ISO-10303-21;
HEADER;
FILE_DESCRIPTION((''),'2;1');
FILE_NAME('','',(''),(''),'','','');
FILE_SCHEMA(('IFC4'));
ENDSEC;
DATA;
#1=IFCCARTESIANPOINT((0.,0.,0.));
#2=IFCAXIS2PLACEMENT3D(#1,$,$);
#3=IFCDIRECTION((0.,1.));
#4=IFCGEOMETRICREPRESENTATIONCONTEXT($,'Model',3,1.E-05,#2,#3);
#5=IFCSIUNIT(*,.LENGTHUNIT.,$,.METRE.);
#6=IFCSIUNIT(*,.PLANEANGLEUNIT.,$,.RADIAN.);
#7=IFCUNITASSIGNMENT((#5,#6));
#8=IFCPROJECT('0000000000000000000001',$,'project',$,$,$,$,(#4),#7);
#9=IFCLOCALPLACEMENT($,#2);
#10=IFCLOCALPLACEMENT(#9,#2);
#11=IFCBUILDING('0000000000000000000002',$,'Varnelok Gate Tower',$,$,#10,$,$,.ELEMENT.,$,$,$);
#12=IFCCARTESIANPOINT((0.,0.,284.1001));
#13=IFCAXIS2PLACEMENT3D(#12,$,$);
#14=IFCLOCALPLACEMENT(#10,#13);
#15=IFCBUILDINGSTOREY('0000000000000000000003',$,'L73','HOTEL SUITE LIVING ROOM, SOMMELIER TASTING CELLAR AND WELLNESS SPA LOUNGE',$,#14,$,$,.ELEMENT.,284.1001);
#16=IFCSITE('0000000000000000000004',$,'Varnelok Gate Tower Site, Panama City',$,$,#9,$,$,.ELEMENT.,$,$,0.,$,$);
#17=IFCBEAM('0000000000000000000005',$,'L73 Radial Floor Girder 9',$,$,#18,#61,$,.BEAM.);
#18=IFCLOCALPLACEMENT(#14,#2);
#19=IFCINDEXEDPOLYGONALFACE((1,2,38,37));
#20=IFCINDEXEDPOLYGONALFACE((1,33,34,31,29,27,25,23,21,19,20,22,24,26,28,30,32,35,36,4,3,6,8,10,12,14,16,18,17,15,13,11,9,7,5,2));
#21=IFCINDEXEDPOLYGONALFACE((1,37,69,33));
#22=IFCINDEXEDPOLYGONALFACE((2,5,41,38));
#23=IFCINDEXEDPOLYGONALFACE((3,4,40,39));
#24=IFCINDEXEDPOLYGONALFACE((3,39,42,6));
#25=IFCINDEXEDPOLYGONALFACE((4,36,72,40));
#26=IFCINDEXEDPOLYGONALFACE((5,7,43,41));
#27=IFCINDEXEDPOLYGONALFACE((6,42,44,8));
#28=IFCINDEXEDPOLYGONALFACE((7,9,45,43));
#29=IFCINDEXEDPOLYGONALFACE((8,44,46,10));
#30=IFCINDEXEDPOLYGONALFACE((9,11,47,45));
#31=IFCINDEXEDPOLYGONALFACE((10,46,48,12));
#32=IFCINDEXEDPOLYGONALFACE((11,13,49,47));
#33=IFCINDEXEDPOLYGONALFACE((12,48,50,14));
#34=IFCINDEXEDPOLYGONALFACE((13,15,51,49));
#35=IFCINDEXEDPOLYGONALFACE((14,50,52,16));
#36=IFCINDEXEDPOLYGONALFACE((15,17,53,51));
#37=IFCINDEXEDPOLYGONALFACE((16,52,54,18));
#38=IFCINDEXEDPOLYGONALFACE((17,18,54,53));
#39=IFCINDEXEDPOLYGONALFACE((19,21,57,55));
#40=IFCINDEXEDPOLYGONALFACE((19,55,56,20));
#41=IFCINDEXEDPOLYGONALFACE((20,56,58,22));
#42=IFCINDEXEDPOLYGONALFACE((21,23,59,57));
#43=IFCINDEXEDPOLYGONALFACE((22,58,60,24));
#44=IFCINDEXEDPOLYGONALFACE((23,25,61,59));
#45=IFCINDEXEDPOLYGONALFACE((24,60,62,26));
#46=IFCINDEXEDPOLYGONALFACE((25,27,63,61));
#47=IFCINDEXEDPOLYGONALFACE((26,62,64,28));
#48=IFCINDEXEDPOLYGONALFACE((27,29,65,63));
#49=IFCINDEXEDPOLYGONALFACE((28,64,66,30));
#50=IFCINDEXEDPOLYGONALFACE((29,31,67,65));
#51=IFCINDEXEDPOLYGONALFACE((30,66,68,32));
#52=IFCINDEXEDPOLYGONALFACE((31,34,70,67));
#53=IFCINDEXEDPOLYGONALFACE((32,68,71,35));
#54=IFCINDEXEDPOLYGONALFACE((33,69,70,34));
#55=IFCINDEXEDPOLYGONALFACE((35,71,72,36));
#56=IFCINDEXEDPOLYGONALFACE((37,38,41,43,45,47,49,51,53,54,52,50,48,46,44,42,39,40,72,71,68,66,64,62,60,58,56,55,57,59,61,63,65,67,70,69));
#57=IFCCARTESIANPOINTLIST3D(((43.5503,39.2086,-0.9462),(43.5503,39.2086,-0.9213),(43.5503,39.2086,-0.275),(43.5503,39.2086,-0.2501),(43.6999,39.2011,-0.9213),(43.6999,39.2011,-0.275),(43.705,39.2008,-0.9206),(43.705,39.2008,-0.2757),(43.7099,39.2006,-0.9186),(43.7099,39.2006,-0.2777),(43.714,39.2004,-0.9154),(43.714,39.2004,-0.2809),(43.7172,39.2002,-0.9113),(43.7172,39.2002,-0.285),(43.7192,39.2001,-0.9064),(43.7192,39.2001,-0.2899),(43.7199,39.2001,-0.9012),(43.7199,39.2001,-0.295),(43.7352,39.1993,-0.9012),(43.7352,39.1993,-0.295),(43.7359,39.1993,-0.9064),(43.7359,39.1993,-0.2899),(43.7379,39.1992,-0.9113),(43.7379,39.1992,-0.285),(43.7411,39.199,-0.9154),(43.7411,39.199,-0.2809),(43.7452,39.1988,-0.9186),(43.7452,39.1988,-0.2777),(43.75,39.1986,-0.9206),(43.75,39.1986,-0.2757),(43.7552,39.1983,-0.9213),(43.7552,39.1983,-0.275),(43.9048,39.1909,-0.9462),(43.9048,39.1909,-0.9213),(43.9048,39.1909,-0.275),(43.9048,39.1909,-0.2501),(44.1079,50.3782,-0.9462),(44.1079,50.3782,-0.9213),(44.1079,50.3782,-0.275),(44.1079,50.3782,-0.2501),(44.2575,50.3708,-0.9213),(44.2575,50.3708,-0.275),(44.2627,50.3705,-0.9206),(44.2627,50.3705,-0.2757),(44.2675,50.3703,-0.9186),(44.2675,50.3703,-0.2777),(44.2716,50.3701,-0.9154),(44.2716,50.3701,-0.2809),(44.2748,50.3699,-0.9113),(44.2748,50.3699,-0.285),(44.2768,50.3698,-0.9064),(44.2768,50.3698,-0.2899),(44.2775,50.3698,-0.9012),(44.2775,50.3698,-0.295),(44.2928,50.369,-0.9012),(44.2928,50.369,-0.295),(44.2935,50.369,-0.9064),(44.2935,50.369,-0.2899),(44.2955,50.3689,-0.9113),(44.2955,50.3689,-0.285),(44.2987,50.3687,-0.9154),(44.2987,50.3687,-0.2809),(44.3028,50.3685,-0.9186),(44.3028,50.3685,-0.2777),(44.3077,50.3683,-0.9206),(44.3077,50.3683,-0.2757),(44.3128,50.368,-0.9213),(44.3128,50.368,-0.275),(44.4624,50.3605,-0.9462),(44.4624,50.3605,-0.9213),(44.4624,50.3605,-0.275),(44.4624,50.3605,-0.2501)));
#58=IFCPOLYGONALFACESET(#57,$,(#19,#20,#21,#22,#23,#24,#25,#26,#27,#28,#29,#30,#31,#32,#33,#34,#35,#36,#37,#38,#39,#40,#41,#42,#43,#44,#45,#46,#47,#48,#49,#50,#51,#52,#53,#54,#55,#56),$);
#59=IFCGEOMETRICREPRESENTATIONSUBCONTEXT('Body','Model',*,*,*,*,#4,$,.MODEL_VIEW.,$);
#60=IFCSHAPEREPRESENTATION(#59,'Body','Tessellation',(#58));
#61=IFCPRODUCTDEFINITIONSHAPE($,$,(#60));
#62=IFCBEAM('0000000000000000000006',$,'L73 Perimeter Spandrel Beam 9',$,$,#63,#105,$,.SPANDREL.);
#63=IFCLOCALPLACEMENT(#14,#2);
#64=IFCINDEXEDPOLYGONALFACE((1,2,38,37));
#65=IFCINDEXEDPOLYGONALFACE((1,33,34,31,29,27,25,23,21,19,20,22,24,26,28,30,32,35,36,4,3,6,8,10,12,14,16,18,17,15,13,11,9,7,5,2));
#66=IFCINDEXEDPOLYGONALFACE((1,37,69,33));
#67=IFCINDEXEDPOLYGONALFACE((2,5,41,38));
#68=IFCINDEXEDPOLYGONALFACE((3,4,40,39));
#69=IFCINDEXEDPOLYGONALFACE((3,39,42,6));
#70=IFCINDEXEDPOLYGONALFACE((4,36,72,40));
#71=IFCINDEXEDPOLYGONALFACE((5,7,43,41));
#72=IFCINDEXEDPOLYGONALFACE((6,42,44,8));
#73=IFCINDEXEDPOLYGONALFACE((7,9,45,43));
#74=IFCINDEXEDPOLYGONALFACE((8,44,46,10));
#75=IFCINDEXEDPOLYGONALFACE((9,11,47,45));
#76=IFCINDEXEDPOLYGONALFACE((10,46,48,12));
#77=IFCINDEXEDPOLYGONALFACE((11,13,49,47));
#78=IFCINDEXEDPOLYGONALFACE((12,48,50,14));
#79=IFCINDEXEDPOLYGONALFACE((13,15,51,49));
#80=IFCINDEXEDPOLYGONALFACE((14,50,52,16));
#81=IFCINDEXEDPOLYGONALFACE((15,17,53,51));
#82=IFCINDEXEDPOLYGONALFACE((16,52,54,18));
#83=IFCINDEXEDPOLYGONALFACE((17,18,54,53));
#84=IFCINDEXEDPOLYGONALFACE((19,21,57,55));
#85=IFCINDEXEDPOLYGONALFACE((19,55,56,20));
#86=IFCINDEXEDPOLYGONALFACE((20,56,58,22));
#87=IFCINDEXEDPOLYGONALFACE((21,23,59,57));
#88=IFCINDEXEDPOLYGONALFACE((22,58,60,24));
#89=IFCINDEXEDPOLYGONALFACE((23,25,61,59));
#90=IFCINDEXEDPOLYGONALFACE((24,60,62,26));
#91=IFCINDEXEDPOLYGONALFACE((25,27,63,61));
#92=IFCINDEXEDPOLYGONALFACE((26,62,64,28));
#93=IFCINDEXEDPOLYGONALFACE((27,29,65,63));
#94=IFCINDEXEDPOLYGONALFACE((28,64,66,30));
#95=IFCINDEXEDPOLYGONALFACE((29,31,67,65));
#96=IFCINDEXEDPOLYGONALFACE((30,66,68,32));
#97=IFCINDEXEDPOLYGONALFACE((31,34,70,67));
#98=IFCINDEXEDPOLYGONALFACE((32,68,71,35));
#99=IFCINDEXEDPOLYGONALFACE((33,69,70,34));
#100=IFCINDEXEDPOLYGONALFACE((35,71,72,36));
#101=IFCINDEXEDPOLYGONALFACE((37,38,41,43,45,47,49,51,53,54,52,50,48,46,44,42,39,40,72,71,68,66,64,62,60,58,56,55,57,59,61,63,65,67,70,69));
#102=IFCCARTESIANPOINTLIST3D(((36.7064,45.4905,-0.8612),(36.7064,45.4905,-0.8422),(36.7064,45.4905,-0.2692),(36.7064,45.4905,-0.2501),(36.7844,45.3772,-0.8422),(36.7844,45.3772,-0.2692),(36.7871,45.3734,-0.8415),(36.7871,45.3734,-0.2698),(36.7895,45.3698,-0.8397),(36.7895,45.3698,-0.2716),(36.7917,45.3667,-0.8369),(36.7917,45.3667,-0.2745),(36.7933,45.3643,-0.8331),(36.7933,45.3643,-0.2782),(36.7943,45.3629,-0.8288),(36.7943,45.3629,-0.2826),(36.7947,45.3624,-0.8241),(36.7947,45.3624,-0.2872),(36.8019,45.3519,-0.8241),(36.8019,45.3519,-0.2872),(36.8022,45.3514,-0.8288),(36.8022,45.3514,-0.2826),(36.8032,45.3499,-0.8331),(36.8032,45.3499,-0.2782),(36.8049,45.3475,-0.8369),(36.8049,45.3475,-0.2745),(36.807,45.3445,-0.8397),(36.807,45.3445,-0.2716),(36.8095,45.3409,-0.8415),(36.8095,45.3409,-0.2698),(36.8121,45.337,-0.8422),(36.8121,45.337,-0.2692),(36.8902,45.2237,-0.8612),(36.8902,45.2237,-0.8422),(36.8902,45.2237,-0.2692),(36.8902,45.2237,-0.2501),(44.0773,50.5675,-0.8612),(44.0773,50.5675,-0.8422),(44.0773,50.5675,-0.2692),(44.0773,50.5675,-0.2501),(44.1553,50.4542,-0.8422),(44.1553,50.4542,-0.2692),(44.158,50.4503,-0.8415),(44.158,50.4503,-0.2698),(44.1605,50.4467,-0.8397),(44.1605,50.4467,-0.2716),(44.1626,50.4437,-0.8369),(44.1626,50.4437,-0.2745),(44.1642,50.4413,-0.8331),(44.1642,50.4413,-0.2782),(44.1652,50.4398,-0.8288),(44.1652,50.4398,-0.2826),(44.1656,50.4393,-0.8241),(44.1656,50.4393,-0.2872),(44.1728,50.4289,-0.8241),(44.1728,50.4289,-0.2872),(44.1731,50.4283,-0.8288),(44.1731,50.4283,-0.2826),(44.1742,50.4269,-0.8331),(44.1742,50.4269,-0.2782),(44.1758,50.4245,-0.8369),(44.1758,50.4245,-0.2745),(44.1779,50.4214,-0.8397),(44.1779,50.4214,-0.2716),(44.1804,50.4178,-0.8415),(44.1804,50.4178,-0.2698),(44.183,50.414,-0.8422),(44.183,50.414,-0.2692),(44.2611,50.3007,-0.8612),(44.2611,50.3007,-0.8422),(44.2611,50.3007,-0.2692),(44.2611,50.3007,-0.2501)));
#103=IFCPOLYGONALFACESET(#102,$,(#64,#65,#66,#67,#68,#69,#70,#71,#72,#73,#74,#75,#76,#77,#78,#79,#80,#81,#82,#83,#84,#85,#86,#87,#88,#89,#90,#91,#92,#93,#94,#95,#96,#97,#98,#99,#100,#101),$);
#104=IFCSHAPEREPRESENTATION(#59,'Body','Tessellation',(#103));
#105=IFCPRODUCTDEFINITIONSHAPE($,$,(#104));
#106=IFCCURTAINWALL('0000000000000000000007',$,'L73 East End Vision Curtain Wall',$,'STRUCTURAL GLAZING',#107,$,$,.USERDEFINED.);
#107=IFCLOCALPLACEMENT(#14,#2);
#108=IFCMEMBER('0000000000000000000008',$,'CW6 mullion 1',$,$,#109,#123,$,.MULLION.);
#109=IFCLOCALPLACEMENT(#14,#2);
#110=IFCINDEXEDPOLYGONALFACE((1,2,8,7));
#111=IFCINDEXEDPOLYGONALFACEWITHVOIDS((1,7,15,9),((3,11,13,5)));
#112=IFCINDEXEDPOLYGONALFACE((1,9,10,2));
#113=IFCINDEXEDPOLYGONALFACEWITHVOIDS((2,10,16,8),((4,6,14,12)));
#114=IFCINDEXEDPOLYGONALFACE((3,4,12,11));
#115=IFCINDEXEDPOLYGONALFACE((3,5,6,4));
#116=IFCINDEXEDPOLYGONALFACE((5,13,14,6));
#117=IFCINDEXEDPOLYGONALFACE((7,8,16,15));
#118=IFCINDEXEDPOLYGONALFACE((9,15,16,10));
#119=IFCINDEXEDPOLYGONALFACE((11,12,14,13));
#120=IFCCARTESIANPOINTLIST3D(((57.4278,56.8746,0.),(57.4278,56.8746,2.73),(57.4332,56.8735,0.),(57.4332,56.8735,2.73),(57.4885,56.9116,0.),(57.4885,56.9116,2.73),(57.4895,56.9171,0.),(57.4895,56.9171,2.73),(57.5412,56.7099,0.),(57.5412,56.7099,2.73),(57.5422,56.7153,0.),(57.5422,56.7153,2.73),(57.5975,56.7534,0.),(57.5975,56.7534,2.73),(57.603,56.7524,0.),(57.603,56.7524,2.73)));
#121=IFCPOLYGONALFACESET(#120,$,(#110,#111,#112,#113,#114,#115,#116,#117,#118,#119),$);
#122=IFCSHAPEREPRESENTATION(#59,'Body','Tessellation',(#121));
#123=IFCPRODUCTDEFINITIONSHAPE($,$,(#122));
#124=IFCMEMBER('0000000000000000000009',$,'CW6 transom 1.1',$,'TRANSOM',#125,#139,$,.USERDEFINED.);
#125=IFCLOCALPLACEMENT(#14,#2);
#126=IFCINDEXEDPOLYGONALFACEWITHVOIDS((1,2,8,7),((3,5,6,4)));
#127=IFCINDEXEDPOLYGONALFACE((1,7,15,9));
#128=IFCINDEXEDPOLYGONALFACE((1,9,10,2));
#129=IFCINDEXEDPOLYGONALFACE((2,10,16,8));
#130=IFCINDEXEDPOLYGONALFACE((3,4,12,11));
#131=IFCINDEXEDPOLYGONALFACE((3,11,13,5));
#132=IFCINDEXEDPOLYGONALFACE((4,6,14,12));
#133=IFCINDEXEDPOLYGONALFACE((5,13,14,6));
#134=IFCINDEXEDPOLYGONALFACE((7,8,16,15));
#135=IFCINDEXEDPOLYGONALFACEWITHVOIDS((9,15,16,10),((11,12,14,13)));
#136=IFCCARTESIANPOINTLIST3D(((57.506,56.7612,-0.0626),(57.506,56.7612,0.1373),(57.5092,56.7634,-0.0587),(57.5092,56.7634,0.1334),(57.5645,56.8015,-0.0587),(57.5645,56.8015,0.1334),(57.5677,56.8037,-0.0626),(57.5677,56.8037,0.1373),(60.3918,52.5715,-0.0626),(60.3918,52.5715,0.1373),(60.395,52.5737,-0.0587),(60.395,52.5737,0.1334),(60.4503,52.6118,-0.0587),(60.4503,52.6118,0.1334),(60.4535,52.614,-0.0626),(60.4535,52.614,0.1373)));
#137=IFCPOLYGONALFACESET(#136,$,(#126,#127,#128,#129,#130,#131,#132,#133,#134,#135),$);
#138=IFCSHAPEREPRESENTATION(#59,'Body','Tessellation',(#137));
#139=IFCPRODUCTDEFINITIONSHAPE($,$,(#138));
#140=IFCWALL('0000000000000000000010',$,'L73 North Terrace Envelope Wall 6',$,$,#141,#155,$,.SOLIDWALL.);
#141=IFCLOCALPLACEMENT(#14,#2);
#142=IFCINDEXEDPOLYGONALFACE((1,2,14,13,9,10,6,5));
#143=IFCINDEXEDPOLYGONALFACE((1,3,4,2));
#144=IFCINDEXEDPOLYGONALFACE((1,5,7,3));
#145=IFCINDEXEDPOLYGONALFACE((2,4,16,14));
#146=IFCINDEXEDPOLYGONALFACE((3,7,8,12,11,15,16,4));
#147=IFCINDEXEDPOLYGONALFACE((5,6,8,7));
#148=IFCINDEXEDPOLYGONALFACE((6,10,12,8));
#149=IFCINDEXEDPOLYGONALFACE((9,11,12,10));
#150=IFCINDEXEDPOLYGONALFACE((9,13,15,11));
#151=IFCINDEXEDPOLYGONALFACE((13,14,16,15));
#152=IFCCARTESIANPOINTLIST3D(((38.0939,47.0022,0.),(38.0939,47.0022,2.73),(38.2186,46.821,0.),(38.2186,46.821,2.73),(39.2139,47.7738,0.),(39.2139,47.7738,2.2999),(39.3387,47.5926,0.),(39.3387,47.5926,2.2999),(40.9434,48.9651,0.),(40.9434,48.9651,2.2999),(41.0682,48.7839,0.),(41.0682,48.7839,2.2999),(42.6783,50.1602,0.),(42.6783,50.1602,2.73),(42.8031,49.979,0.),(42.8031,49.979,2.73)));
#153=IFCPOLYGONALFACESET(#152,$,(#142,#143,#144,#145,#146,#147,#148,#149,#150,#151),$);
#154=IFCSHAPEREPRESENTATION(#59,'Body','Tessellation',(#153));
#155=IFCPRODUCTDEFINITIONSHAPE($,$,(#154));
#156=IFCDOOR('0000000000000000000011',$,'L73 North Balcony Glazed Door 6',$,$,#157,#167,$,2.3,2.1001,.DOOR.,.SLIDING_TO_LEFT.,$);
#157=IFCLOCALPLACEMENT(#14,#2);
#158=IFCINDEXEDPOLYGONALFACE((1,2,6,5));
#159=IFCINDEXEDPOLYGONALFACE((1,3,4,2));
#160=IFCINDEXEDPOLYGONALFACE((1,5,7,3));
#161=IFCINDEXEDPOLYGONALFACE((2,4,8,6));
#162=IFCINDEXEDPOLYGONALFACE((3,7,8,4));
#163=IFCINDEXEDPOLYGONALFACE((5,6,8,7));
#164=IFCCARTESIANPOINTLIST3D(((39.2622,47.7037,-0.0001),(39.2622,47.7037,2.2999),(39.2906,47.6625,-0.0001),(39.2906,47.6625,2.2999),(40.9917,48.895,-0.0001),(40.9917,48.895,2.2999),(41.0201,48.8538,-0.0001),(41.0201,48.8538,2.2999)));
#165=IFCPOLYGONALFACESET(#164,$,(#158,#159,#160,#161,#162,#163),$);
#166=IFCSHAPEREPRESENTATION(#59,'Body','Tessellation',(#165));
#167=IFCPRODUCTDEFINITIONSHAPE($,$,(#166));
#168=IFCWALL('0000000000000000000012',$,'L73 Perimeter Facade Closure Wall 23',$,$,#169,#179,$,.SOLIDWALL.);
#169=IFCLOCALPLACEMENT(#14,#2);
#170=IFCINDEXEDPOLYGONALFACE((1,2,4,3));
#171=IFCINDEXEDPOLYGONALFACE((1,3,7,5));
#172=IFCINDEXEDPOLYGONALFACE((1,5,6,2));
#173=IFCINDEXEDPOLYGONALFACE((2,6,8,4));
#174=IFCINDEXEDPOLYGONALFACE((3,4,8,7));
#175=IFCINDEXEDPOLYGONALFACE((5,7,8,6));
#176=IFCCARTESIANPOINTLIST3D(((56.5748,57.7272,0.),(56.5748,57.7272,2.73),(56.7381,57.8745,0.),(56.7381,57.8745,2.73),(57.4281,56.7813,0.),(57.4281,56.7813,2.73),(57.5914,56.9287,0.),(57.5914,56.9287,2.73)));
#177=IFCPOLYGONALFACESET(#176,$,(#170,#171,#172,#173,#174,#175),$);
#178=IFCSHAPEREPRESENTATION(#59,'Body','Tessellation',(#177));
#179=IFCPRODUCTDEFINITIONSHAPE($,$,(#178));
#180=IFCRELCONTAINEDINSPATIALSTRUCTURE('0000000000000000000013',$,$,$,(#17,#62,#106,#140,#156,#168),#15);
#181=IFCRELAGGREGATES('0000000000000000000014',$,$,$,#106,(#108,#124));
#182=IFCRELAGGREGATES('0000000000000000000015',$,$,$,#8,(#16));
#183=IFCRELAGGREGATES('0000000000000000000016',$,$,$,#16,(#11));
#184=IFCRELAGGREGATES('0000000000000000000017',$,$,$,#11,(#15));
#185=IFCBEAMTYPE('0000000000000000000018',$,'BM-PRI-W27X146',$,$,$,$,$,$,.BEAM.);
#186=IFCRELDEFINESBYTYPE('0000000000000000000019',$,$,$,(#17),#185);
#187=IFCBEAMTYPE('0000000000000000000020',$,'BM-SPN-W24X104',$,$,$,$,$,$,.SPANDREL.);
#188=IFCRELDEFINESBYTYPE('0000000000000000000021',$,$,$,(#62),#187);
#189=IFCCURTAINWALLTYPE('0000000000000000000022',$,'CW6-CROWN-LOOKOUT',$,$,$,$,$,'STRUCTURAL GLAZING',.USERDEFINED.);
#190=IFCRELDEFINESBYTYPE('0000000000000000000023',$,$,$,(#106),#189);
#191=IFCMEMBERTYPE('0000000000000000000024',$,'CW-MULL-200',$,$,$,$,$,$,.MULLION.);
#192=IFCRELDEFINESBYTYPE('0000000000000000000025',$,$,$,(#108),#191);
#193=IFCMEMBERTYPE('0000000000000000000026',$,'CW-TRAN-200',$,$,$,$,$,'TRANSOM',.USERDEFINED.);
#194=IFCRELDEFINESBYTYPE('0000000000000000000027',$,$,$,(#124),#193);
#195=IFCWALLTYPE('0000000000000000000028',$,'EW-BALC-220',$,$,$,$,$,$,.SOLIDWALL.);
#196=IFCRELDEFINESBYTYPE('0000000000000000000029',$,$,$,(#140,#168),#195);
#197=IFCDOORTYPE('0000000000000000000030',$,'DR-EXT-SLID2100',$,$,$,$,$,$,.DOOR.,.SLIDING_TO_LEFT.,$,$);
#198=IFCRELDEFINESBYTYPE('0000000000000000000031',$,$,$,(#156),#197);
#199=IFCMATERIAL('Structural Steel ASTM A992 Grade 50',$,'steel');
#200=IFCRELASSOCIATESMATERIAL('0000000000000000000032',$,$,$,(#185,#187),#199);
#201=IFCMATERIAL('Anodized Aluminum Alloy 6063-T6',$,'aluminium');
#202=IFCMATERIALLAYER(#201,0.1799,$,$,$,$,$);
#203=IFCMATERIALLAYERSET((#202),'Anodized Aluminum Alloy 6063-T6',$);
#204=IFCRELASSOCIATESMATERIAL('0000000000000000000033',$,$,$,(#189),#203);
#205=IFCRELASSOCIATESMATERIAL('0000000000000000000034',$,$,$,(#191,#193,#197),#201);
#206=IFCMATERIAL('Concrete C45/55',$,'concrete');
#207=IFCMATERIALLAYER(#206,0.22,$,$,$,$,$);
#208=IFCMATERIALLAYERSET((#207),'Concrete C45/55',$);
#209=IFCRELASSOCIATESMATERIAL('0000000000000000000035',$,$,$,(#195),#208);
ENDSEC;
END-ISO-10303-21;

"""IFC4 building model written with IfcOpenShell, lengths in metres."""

from ifc_helpers import new_model, si_unit, direction, frame, frame_2d, origin, origin_2d, place, context, subcontext, project, spatial, rectangle, hollow_rectangle, i_section, extrude, material, layer, layer_set, material_profile, profile_set, type_object, element, fill, aggregate, save


model = new_model("IFC4")

# Units and contexts
model_context = context("Model", 3, precision=1e-05, world=origin(), true_north=direction((0.0, 1.0)))
body_context = subcontext(model_context, "Body", "Model", "MODEL_VIEW")
ifc_project = project(units=[si_unit("LENGTHUNIT", "METRE"), si_unit("PLANEANGLEUNIT", "RADIAN")], contexts=[model_context])

# Site, building, storey
site_placement = place(None, origin())
site = spatial("IfcSite", under=ifc_project, at=site_placement, Name="Varnelok Gate Tower Site, Panama City", CompositionType="ELEMENT", RefElevation=0.0)
building_placement = place(site_placement, origin())
building = spatial("IfcBuilding", under=site, at=building_placement, Name="Varnelok Gate Tower", CompositionType="ELEMENT")
storey_placement = place(building_placement, frame((0.0, 0.0, 284.1001)))
storey = spatial("IfcBuildingStorey", under=building, at=storey_placement, Name="L73", Description="HOTEL SUITE LIVING ROOM, SOMMELIER TASTING CELLAR AND WELLNESS SPA LOUNGE", CompositionType="ELEMENT", Elevation=284.1001)

# Shared definitions
ifc_material_1 = material(Name="Structural Steel ASTM A992 Grade 50", Category="steel")

# Beams
ifc_material_profile_1 = material_profile(ifc_material_1, i_section(OverallWidth=0.355, OverallDepth=0.696, WebThickness=0.0154, FlangeThickness=0.0249, FilletRadius=0.02, at=origin_2d()), Name="W27X146")
ifc_profile_set_1 = profile_set([ifc_material_profile_1], Name="Structural Steel ASTM A992 Grade 50")
beam_type_1 = type_object("IfcBeamType", Name="BM-PRI-W27X146", PredefinedType="BEAM", material=ifc_profile_set_1)
beam_1_placement = place(storey_placement, frame((43.7275, 39.1997, -0.5981), z_axis=(0.04986, 0.998756, 0.0), x_axis=(-0.998756, 0.04986, 0.0)))
element("IfcBeam", 1, at=beam_1_placement, inside=storey, type_object=beam_type_1, Name="L73 Radial Floor Girder 9", PredefinedType="BEAM", context=body_context, shape_type="SweptSolid", body=[
    extrude(i_section(OverallWidth=0.355, OverallDepth=0.696, WebThickness=0.0154, FlangeThickness=0.0249, FilletRadius=0.02, at=origin_2d()), origin(), (0.0, 0.0, 1.0), 11.1836),
])
ifc_material_profile_2 = material_profile(ifc_material_1, i_section(OverallWidth=0.324, OverallDepth=0.6111, WebThickness=0.0127, FlangeThickness=0.019, FilletRadius=0.0181, at=origin_2d()), Name="W24X104")
ifc_profile_set_2 = profile_set([ifc_material_profile_2], Name="Structural Steel ASTM A992 Grade 50")
beam_type_2 = type_object("IfcBeamType", Name="BM-SPN-W24X104", PredefinedType="SPANDREL", material=ifc_profile_set_2)
beam_2_placement = place(storey_placement, frame((44.1692, 50.4341, -0.5557), z_axis=(-0.823549, -0.567245, 0.0), x_axis=(0.567245, -0.823549, 0.0)))
element("IfcBeam", 2, at=beam_2_placement, inside=storey, type_object=beam_type_2, Name="L73 Perimeter Spandrel Beam 9", PredefinedType="SPANDREL", context=body_context, shape_type="SweptSolid", body=[
    extrude(i_section(OverallWidth=0.324, OverallDepth=0.6111, WebThickness=0.0127, FlangeThickness=0.019, FilletRadius=0.0181, at=origin_2d()), origin(), (0.0, 0.0, 1.0), 8.9502),
])

# Curtain wall, members
ifc_material_2 = material(Name="Anodized Aluminum Alloy 6063-T6", Category="aluminium")
ifc_layer_1 = layer(ifc_material_2, 0.1799)
ifc_layer_set_1 = layer_set([ifc_layer_1], Name="Anodized Aluminum Alloy 6063-T6")
curtain_wall_type = type_object("IfcCurtainWallType", Name="CW6-CROWN-LOOKOUT", ElementType="STRUCTURAL GLAZING", PredefinedType="USERDEFINED", material=ifc_layer_set_1)
curtain_wall_placement = place(storey_placement, origin())
curtain_wall = element("IfcCurtainWall", 3, at=curtain_wall_placement, inside=storey, type_object=curtain_wall_type, Name="L73 East End Vision Curtain Wall", ObjectType="STRUCTURAL GLAZING", PredefinedType="USERDEFINED")
ifc_material_profile_3 = material_profile(ifc_material_2, hollow_rectangle(XDim=0.075, YDim=0.2, WallThickness=0.0039, at=origin_2d()), Name="ALU200X75X4")
ifc_profile_set_3 = profile_set([ifc_material_profile_3], Name="Anodized Aluminum Alloy 6063-T6")
member_type_1 = type_object("IfcMemberType", Name="CW-MULL-200", PredefinedType="MULLION", material=ifc_profile_set_3)
member_1_placement = place(storey_placement, frame((57.5154, 56.8135, 0.0), z_axis=(0.0, 0.0, 1.0), x_axis=(0.823532, 0.567269, 0.0)))
member_1 = element("IfcMember", 4, at=member_1_placement, type_object=member_type_1, Name="CW6 mullion 1", PredefinedType="MULLION", context=body_context, shape_type="SweptSolid", body=[
    extrude(hollow_rectangle(XDim=0.075, YDim=0.2, WallThickness=0.0039, at=origin_2d()), origin(), (0.0, 0.0, 1.0), 2.73),
])
ifc_material_profile_4 = material_profile(ifc_material_2, hollow_rectangle(XDim=0.075, YDim=0.2, WallThickness=0.0039, at=origin_2d()), Name="ALU200X75X4")
ifc_profile_set_4 = profile_set([ifc_material_profile_4], Name="Anodized Aluminum Alloy 6063-T6")
member_type_2 = type_object("IfcMemberType", Name="CW-TRAN-200", ElementType="TRANSOM", PredefinedType="USERDEFINED", material=ifc_profile_set_4)
member_2_placement = place(storey_placement, frame((57.5369, 56.7825, 0.0374), z_axis=(0.567239, -0.823553, 0.0), x_axis=(0.823553, 0.567239, 0.0)))
member_2 = element("IfcMember", 5, at=member_2_placement, type_object=member_type_2, Name="CW6 transom 1.1", ObjectType="TRANSOM", PredefinedType="USERDEFINED", context=body_context, shape_type="SweptSolid", body=[
    extrude(hollow_rectangle(XDim=0.075, YDim=0.2, WallThickness=0.0039, at=origin_2d()), origin(), (0.0, 0.0, 1.0), 5.0874),
])
aggregate(curtain_wall, [member_1, member_2])

# Wall, opening, door
ifc_material_3 = material(Name="Concrete C45/55", Category="concrete")
ifc_layer_2 = layer(ifc_material_3, 0.22)
ifc_layer_set_2 = layer_set([ifc_layer_2], Name="Concrete C45/55")
wall_type_1 = type_object("IfcWallType", Name="EW-BALC-220", PredefinedType="SOLIDWALL", material=ifc_layer_set_2)
wall_1_placement = place(storey_placement, frame((38.1562, 46.9116, 0.0), z_axis=(0.0, 0.0, 1.0), x_axis=(0.823527, 0.567277, 0.0)))
wall_1 = element("IfcWall", 6, at=wall_1_placement, inside=storey, type_object=wall_type_1, Name="L73 North Terrace Envelope Wall 6", PredefinedType="SOLIDWALL", context=body_context, shape_type="SweptSolid", body=[
    extrude(rectangle(XDim=5.5669, YDim=0.22, at=frame_2d((2.7834, 0.0))), origin(), (0.0, 0.0, 1.0), 2.73),
])
opening_1_placement = place(wall_1_placement, frame((1.3601, 0.0, 0.0)))
opening_1 = element("IfcOpeningElement", 7, at=opening_1_placement, cuts=wall_1, PredefinedType="OPENING", context=body_context, shape_type="SweptSolid", body=[
    extrude(rectangle(XDim=2.1001, YDim=2.3, at=frame_2d((1.05, 1.1499))), frame((0.0, 0.1199, 0.0), z_axis=(0.0, -1.0, 0.0), x_axis=(1.0, 0.0, 0.0)), (0.0, 0.0, 1.0), 0.24),
])
door_type = type_object("IfcDoorType", Name="DR-EXT-SLID2100", OperationType="SLIDING_TO_LEFT", PredefinedType="DOOR", material=ifc_material_2)
door_placement = place(opening_1_placement, origin())
door = element("IfcDoor", 8, at=door_placement, inside=storey, type_object=door_type, Name="L73 North Balcony Glazed Door 6", OperationType="SLIDING_TO_LEFT", OverallHeight=2.3, OverallWidth=2.1001, PredefinedType="DOOR", context=body_context, shape_type="SweptSolid", body=[
    extrude(rectangle(XDim=2.1001, YDim=2.3, at=frame_2d((1.05, 1.1499))), frame((0.0, 0.0249, 0.0), z_axis=(0.0, -1.0, 0.0), x_axis=(1.0, 0.0, 0.0)), (0.0, 0.0, 1.0), 0.05),
])
fill(opening_1, door)

# Wall
wall_2_placement = place(storey_placement, frame((57.5098, 56.855, 0.0), z_axis=(0.0, 0.0, 1.0), x_axis=(-0.669854, 0.742493, 0.0)))
element("IfcWall", 9, at=wall_2_placement, inside=storey, type_object=wall_type_1, Name="L73 Perimeter Facade Closure Wall 23", PredefinedType="SOLIDWALL", context=body_context, shape_type="SweptSolid", body=[
    extrude(rectangle(XDim=1.2739, YDim=0.22, at=frame_2d((0.637, 0.0))), origin(), (0.0, 0.0, 1.0), 2.73),
])

save(model, "model.ifc")
